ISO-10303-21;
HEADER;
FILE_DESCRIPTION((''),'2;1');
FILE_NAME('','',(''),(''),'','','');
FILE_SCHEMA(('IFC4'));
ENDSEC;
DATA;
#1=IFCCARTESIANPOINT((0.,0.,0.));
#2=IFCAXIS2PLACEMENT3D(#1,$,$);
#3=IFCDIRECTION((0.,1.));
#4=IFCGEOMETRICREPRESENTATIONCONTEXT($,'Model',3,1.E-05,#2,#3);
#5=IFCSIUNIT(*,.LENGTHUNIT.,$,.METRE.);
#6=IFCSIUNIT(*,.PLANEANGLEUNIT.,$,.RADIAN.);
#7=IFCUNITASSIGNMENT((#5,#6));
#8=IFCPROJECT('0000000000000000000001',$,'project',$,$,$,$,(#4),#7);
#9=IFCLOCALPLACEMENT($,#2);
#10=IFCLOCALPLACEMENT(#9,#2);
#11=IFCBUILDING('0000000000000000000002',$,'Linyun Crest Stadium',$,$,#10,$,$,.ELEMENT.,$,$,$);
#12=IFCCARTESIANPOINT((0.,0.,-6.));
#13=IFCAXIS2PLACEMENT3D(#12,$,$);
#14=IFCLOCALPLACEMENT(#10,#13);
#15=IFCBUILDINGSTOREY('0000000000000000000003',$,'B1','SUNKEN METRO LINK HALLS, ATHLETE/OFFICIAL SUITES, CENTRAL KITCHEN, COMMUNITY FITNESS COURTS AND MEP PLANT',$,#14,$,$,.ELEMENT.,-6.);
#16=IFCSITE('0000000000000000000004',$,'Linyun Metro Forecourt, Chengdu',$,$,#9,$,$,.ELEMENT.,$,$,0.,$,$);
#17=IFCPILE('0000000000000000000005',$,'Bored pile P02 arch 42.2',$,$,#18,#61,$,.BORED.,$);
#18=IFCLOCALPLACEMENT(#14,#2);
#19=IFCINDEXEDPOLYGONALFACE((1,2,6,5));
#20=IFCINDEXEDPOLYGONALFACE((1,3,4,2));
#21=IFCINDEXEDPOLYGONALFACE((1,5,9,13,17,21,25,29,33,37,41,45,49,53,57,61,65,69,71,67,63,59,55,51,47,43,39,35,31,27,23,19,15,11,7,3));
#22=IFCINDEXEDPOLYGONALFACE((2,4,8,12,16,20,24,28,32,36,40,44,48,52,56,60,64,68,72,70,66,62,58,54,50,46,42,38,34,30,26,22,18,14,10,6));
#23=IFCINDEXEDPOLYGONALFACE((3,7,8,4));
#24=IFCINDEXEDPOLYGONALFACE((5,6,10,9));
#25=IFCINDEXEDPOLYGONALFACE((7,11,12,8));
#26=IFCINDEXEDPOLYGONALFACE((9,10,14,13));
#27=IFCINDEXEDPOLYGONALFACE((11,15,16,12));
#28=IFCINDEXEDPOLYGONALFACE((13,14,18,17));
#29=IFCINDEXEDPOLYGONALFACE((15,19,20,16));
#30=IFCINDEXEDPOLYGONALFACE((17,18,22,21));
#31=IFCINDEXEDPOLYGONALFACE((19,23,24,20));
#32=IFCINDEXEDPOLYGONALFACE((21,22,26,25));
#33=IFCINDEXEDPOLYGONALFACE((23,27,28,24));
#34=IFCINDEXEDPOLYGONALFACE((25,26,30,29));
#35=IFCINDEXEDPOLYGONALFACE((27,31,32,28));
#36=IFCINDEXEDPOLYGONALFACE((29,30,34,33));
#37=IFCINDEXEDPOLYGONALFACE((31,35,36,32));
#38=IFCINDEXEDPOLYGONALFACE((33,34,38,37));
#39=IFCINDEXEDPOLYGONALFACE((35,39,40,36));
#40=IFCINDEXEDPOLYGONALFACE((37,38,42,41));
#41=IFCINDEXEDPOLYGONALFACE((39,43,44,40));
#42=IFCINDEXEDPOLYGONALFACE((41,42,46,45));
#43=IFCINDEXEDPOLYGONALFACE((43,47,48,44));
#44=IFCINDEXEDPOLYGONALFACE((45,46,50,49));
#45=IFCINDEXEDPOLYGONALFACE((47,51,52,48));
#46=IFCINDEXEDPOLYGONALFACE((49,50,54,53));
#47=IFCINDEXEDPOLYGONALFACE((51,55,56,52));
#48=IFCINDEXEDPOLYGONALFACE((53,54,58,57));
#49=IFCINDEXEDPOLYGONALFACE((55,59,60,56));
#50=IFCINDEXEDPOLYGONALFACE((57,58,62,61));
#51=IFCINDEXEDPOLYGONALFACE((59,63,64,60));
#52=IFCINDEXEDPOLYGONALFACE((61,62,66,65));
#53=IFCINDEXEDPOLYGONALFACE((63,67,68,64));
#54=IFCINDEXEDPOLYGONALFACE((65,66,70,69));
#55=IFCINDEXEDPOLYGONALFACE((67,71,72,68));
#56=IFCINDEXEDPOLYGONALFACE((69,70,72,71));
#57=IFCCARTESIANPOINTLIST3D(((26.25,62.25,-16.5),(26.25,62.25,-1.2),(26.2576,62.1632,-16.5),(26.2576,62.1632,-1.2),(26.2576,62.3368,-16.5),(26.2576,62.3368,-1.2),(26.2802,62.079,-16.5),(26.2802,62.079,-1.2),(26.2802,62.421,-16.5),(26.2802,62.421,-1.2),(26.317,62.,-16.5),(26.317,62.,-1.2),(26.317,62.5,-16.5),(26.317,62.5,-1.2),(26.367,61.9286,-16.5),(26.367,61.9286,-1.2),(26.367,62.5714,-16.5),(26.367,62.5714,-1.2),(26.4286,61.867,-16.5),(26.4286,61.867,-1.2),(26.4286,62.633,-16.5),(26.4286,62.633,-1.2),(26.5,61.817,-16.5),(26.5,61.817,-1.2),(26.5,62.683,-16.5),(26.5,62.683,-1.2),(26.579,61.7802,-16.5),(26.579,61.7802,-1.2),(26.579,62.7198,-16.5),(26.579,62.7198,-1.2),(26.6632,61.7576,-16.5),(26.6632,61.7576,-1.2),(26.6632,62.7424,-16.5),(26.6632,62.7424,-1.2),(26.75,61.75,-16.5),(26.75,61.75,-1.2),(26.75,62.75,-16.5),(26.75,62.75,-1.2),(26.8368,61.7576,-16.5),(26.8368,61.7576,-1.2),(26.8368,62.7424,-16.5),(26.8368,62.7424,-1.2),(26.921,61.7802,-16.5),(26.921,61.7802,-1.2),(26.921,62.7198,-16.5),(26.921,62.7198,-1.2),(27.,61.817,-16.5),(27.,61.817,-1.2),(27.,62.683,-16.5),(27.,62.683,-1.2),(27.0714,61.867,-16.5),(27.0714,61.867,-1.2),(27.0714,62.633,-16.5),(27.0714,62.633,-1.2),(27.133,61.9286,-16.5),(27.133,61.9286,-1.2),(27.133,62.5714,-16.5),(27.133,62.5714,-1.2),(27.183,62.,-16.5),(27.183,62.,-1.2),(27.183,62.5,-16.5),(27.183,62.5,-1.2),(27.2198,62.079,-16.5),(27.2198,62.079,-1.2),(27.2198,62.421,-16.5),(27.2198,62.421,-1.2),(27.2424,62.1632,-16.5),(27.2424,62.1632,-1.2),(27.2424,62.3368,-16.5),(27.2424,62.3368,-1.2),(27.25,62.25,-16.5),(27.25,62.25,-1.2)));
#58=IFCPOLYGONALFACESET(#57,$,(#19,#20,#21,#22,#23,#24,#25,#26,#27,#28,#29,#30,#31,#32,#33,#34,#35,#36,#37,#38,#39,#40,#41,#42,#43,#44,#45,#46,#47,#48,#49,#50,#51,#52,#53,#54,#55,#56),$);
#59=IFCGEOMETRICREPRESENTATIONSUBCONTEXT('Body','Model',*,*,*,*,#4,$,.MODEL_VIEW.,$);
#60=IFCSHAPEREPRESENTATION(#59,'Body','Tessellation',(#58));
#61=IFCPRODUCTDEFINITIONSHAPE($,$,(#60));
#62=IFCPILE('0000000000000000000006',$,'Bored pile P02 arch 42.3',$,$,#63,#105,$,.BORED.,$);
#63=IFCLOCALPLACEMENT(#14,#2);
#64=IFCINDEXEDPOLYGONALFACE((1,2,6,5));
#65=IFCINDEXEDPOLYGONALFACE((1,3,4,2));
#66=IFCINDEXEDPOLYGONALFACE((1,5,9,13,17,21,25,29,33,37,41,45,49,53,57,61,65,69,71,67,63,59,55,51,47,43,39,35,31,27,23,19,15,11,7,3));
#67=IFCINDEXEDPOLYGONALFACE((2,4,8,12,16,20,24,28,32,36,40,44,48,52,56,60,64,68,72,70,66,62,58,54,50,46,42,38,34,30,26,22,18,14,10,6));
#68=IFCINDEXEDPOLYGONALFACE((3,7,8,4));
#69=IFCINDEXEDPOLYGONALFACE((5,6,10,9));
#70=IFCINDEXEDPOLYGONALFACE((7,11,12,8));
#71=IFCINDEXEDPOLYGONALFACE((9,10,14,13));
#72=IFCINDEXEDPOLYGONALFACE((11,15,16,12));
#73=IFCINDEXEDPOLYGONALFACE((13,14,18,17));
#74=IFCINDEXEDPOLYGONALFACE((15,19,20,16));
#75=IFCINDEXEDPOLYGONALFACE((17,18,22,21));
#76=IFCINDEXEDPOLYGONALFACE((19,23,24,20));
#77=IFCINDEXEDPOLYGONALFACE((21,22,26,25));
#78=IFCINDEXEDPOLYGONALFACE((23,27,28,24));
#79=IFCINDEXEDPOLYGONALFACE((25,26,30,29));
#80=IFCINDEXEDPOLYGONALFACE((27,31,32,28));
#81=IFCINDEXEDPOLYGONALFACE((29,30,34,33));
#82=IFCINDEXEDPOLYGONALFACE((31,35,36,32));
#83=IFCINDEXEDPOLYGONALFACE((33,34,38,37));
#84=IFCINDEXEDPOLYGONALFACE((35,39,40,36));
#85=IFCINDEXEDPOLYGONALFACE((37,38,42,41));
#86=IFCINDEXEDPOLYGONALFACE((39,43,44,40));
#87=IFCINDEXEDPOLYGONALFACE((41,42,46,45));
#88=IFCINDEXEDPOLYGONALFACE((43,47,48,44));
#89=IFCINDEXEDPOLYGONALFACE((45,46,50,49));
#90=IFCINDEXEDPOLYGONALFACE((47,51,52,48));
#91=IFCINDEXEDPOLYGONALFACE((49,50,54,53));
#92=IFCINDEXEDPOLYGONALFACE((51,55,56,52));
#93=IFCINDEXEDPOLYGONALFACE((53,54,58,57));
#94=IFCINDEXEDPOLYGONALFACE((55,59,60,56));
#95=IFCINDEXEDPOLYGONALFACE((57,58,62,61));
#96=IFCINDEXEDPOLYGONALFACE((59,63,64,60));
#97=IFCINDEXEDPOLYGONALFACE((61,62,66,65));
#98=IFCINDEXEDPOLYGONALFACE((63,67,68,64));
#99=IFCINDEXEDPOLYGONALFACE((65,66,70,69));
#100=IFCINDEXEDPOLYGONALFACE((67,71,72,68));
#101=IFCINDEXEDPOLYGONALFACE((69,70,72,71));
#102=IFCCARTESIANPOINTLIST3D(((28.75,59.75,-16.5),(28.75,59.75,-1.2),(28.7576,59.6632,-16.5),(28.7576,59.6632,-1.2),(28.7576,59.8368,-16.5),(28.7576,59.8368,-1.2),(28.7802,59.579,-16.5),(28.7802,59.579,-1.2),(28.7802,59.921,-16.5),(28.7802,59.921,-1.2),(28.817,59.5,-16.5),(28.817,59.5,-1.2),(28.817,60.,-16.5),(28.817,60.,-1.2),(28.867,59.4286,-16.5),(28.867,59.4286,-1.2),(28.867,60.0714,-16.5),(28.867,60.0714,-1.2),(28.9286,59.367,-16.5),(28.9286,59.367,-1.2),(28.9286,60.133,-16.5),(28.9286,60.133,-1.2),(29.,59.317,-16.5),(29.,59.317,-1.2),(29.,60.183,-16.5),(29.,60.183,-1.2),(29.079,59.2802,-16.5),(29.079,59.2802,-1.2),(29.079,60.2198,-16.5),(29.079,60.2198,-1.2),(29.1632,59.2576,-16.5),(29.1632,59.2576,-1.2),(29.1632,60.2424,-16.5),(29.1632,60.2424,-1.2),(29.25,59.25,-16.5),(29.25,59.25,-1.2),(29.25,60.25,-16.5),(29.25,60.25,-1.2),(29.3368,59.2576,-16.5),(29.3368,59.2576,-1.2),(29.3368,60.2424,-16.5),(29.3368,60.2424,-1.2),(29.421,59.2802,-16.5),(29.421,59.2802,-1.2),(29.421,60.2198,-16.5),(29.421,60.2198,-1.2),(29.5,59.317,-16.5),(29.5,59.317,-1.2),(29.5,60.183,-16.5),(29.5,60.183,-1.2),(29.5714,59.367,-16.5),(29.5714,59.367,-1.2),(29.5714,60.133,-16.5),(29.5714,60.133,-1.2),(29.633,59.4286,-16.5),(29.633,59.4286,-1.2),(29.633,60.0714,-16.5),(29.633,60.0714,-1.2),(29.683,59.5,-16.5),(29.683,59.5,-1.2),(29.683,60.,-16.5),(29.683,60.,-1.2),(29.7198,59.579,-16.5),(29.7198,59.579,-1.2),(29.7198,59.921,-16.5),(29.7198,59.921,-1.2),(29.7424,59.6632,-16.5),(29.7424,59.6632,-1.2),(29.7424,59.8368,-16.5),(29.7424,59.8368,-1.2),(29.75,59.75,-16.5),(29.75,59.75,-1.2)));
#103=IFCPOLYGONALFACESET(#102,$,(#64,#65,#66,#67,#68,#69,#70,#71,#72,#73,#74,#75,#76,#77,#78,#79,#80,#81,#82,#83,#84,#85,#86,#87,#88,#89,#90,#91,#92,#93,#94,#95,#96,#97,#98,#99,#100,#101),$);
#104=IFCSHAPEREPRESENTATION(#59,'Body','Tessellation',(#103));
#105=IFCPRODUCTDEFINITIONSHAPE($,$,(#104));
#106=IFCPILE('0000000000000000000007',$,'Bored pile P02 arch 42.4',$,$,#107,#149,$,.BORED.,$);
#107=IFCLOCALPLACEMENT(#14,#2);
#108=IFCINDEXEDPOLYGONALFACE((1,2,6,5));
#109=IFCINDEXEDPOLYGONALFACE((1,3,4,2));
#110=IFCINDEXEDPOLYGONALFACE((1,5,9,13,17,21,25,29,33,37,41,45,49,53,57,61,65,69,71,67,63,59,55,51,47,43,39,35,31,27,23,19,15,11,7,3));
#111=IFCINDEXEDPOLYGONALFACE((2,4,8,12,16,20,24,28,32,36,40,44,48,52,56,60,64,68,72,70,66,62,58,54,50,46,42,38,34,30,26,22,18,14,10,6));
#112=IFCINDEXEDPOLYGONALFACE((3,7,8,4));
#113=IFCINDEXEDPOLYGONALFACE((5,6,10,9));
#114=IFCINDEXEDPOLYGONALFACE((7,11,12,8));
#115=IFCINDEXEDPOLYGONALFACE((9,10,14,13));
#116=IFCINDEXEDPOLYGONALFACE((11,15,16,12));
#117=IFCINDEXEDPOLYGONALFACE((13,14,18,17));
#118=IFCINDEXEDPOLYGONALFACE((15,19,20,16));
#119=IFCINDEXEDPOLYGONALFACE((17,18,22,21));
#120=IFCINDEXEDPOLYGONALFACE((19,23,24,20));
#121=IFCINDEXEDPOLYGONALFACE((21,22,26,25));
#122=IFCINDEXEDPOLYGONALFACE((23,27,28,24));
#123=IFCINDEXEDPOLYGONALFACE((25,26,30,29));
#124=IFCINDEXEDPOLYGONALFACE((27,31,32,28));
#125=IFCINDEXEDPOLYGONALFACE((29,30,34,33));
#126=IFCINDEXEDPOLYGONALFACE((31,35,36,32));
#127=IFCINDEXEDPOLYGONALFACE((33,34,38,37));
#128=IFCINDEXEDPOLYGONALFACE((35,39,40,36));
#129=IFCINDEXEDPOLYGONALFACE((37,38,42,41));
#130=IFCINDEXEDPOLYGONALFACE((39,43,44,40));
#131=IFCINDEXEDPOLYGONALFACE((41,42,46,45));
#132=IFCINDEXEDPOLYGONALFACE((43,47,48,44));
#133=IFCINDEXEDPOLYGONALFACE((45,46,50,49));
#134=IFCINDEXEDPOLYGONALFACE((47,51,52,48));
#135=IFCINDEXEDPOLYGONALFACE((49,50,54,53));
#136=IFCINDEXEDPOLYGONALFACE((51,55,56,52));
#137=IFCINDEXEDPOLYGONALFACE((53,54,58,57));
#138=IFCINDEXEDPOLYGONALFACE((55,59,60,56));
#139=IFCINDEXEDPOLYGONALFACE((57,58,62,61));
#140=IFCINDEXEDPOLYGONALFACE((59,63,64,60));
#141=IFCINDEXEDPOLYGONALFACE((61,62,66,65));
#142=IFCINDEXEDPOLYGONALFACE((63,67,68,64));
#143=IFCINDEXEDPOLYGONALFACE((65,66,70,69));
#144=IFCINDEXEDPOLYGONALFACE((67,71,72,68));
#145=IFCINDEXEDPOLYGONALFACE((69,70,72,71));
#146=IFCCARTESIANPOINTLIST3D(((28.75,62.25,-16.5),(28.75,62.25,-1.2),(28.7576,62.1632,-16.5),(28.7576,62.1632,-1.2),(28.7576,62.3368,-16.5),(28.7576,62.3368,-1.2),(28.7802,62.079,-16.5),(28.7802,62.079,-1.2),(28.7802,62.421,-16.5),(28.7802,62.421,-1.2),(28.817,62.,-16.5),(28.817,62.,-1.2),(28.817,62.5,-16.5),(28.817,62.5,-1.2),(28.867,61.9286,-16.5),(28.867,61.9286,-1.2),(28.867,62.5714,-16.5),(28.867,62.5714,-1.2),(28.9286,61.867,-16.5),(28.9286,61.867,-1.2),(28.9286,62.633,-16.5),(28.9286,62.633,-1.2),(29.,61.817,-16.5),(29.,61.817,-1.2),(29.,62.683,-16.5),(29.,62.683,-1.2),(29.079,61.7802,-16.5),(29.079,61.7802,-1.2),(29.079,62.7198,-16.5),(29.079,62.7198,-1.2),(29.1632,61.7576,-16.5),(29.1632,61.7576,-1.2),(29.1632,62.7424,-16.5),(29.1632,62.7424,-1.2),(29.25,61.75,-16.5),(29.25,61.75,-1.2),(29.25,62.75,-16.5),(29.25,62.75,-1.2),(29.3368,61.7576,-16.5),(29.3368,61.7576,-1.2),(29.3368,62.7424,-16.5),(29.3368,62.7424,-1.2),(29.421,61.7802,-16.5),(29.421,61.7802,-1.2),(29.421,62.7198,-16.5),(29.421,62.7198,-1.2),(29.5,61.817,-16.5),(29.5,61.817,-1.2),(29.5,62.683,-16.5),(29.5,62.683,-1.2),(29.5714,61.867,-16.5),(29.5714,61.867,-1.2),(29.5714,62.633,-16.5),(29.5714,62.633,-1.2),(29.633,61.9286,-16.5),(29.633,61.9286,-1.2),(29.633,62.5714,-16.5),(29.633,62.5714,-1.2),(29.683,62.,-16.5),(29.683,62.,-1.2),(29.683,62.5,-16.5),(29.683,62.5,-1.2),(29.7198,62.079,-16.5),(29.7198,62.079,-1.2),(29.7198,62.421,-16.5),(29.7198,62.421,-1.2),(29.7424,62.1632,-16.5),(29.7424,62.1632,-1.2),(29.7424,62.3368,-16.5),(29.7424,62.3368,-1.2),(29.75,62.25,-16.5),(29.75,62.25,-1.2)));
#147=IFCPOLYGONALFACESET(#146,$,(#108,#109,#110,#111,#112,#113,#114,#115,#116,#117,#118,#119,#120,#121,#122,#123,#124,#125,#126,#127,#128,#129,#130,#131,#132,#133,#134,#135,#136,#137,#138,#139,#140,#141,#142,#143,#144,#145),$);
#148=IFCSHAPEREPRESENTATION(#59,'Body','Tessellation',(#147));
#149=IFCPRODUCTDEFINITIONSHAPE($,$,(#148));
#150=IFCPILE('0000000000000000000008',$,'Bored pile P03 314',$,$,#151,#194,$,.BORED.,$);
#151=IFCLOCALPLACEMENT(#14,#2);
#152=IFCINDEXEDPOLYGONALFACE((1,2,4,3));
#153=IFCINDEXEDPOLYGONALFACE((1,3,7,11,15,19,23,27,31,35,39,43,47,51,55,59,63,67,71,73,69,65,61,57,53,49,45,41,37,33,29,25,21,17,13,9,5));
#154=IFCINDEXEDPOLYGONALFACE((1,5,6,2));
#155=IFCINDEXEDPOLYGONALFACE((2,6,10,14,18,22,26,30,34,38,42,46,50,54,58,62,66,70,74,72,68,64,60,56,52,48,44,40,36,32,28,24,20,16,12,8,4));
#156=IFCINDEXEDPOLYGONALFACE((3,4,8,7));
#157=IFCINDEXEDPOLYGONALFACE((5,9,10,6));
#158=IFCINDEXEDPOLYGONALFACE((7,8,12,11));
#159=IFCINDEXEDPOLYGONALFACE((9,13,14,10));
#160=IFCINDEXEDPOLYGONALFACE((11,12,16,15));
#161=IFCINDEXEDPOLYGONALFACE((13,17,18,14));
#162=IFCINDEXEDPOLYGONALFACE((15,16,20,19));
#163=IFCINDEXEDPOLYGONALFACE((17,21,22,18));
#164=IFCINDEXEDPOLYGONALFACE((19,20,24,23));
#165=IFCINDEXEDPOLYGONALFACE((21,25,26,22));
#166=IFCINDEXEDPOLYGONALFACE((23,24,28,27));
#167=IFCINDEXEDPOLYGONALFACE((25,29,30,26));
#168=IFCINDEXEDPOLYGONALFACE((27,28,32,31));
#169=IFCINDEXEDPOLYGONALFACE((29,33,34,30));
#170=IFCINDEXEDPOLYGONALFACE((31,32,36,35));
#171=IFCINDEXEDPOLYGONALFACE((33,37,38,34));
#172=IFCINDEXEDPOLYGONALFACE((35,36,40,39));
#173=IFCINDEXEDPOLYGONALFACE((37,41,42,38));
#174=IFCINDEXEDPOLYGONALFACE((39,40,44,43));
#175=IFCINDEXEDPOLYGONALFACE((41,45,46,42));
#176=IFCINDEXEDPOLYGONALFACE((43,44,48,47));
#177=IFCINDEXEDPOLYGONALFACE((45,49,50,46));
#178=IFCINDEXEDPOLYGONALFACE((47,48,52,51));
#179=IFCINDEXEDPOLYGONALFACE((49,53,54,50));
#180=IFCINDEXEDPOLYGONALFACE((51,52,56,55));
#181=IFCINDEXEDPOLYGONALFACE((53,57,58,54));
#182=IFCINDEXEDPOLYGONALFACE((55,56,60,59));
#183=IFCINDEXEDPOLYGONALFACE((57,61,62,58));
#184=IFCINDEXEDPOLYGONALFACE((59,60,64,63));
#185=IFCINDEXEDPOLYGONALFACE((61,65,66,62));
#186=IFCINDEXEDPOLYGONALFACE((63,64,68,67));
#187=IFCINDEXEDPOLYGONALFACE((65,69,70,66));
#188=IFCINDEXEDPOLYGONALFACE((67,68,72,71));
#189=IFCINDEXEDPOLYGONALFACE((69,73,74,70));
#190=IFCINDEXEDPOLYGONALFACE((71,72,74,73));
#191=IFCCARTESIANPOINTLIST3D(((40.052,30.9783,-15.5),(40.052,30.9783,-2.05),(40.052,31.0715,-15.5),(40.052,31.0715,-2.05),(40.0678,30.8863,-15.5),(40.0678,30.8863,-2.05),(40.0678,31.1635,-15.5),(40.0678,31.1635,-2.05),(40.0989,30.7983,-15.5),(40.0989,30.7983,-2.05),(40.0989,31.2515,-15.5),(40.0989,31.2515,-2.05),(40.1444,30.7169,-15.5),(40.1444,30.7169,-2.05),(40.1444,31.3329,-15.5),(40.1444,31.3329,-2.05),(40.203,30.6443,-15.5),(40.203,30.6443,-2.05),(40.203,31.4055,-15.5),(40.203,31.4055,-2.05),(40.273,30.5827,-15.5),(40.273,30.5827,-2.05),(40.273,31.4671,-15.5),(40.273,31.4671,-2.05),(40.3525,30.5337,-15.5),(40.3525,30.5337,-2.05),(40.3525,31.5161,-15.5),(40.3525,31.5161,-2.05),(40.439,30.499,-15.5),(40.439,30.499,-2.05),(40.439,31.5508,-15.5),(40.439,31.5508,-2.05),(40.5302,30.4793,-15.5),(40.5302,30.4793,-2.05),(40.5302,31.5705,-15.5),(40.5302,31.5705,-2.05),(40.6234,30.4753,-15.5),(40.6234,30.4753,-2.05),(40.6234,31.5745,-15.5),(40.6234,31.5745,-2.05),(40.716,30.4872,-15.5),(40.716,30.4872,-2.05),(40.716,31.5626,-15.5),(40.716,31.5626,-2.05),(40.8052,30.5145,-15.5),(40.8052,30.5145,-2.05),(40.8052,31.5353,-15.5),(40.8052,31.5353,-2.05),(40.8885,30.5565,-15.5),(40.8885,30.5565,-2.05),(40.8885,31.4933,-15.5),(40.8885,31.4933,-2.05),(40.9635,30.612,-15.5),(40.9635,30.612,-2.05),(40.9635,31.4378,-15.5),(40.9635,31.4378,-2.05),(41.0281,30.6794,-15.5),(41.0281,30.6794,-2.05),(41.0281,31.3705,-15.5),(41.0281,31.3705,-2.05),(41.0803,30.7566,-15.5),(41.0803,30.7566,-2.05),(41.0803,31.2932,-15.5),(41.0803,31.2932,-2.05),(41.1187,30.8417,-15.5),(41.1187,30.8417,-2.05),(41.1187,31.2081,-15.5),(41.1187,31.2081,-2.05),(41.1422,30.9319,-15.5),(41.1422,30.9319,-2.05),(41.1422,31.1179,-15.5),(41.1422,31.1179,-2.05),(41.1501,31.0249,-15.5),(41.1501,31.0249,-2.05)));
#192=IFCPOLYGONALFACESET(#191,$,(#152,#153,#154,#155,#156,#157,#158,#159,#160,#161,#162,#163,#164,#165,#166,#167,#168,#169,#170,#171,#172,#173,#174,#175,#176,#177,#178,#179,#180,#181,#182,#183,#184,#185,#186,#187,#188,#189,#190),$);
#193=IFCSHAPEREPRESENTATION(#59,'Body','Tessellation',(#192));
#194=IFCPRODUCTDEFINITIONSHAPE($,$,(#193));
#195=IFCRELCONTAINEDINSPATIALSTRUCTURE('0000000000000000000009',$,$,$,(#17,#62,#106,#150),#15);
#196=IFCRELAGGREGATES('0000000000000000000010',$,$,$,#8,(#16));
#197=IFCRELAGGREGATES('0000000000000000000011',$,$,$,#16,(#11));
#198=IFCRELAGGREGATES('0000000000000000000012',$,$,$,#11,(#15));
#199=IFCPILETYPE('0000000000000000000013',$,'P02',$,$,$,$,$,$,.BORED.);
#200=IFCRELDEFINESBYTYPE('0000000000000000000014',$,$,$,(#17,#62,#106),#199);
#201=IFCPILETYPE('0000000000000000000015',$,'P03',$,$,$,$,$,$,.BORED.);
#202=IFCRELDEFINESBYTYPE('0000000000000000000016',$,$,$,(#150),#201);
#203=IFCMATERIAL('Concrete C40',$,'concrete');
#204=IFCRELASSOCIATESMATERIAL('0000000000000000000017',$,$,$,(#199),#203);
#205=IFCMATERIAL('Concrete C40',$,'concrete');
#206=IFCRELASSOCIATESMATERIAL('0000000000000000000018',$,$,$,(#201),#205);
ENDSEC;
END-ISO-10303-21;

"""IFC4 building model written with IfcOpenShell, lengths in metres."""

from ifc_helpers import new_model, si_unit, direction, frame, origin, origin_2d, place, context, subcontext, project, spatial, circle, extrude, material, material_profile, profile_set, type_object, element, save


model = new_model("IFC4")

# Units and contexts
model_context = context("Model", 3, precision=1e-05, world=origin(), true_north=direction((0.0, 1.0)))
body_context = subcontext(model_context, "Body", "Model", "MODEL_VIEW")
ifc_project = project(units=[si_unit("LENGTHUNIT", "METRE"), si_unit("PLANEANGLEUNIT", "RADIAN")], contexts=[model_context])

# Site, building, storey
site_placement = place(None, origin())
site = spatial("IfcSite", under=ifc_project, at=site_placement, Name="Linyun Metro Forecourt, Chengdu", CompositionType="ELEMENT", RefElevation=0.0)
building_placement = place(site_placement, origin())
building = spatial("IfcBuilding", under=site, at=building_placement, Name="Linyun Crest Stadium", CompositionType="ELEMENT")
storey_placement = place(building_placement, frame((0.0, 0.0, -6.0)))
storey = spatial("IfcBuildingStorey", under=building, at=storey_placement, Name="B1", Description="SUNKEN METRO LINK HALLS, ATHLETE/OFFICIAL SUITES, CENTRAL KITCHEN, COMMUNITY FITNESS COURTS AND MEP PLANT", CompositionType="ELEMENT", Elevation=-6.0)

# Piles
ifc_material_1 = material(Name="Concrete C40", Category="concrete")
ifc_material_profile_1 = material_profile(ifc_material_1, circle(Radius=0.5, at=origin_2d()), Name="BORED PILE 1000")
ifc_profile_set_1 = profile_set([ifc_material_profile_1], Name="Concrete C40")
pile_type_1 = type_object("IfcPileType", Name="P02", PredefinedType="BORED", material=ifc_profile_set_1)
for number, where, z_axis, x_axis, name in (
    (1, (26.75, 62.25, -1.2), (0.0, 0.0, -1.0), (1.0, 0.0, 0.0), "Bored pile P02 arch 42.2"),
    (2, (29.25, 59.75, -1.2), (0.0, 0.0, -1.0), (1.0, 0.0, 0.0), "Bored pile P02 arch 42.3"),
    (3, (29.25, 62.25, -1.2), (0.0, 0.0, -1.0), (1.0, 0.0, 0.0), "Bored pile P02 arch 42.4"),
):
    element("IfcPile", number, at=place(storey_placement, frame(where, z_axis=z_axis, x_axis=x_axis)), inside=storey, type_object=pile_type_1, Name=name, PredefinedType="BORED", context=body_context, shape_type="SweptSolid", body=[
        extrude(circle(Radius=0.5, at=origin_2d()), origin(), (0.0, 0.0, 1.0), 15.3),
    ])
ifc_material_2 = material(Name="Concrete C40", Category="concrete")
ifc_material_profile_2 = material_profile(ifc_material_2, circle(Radius=0.55, at=origin_2d()), Name="BORED PILE 1100")
ifc_profile_set_2 = profile_set([ifc_material_profile_2], Name="Concrete C40")
pile_type_2 = type_object("IfcPileType", Name="P03", PredefinedType="BORED", material=ifc_profile_set_2)
for number, where, z_axis, x_axis, name in (
    (4, (40.6001, 31.0249, -2.05), (0.0, 0.0, -1.0), (1.0, 0.0, 0.0), "Bored pile P03 314"),
):
    element("IfcPile", number, at=place(storey_placement, frame(where, z_axis=z_axis, x_axis=x_axis)), inside=storey, type_object=pile_type_2, Name=name, PredefinedType="BORED", context=body_context, shape_type="SweptSolid", body=[
        extrude(circle(Radius=0.55, at=origin_2d()), origin(), (0.0, 0.0, 1.0), 13.45),
    ])

save(model, "model.ifc")
